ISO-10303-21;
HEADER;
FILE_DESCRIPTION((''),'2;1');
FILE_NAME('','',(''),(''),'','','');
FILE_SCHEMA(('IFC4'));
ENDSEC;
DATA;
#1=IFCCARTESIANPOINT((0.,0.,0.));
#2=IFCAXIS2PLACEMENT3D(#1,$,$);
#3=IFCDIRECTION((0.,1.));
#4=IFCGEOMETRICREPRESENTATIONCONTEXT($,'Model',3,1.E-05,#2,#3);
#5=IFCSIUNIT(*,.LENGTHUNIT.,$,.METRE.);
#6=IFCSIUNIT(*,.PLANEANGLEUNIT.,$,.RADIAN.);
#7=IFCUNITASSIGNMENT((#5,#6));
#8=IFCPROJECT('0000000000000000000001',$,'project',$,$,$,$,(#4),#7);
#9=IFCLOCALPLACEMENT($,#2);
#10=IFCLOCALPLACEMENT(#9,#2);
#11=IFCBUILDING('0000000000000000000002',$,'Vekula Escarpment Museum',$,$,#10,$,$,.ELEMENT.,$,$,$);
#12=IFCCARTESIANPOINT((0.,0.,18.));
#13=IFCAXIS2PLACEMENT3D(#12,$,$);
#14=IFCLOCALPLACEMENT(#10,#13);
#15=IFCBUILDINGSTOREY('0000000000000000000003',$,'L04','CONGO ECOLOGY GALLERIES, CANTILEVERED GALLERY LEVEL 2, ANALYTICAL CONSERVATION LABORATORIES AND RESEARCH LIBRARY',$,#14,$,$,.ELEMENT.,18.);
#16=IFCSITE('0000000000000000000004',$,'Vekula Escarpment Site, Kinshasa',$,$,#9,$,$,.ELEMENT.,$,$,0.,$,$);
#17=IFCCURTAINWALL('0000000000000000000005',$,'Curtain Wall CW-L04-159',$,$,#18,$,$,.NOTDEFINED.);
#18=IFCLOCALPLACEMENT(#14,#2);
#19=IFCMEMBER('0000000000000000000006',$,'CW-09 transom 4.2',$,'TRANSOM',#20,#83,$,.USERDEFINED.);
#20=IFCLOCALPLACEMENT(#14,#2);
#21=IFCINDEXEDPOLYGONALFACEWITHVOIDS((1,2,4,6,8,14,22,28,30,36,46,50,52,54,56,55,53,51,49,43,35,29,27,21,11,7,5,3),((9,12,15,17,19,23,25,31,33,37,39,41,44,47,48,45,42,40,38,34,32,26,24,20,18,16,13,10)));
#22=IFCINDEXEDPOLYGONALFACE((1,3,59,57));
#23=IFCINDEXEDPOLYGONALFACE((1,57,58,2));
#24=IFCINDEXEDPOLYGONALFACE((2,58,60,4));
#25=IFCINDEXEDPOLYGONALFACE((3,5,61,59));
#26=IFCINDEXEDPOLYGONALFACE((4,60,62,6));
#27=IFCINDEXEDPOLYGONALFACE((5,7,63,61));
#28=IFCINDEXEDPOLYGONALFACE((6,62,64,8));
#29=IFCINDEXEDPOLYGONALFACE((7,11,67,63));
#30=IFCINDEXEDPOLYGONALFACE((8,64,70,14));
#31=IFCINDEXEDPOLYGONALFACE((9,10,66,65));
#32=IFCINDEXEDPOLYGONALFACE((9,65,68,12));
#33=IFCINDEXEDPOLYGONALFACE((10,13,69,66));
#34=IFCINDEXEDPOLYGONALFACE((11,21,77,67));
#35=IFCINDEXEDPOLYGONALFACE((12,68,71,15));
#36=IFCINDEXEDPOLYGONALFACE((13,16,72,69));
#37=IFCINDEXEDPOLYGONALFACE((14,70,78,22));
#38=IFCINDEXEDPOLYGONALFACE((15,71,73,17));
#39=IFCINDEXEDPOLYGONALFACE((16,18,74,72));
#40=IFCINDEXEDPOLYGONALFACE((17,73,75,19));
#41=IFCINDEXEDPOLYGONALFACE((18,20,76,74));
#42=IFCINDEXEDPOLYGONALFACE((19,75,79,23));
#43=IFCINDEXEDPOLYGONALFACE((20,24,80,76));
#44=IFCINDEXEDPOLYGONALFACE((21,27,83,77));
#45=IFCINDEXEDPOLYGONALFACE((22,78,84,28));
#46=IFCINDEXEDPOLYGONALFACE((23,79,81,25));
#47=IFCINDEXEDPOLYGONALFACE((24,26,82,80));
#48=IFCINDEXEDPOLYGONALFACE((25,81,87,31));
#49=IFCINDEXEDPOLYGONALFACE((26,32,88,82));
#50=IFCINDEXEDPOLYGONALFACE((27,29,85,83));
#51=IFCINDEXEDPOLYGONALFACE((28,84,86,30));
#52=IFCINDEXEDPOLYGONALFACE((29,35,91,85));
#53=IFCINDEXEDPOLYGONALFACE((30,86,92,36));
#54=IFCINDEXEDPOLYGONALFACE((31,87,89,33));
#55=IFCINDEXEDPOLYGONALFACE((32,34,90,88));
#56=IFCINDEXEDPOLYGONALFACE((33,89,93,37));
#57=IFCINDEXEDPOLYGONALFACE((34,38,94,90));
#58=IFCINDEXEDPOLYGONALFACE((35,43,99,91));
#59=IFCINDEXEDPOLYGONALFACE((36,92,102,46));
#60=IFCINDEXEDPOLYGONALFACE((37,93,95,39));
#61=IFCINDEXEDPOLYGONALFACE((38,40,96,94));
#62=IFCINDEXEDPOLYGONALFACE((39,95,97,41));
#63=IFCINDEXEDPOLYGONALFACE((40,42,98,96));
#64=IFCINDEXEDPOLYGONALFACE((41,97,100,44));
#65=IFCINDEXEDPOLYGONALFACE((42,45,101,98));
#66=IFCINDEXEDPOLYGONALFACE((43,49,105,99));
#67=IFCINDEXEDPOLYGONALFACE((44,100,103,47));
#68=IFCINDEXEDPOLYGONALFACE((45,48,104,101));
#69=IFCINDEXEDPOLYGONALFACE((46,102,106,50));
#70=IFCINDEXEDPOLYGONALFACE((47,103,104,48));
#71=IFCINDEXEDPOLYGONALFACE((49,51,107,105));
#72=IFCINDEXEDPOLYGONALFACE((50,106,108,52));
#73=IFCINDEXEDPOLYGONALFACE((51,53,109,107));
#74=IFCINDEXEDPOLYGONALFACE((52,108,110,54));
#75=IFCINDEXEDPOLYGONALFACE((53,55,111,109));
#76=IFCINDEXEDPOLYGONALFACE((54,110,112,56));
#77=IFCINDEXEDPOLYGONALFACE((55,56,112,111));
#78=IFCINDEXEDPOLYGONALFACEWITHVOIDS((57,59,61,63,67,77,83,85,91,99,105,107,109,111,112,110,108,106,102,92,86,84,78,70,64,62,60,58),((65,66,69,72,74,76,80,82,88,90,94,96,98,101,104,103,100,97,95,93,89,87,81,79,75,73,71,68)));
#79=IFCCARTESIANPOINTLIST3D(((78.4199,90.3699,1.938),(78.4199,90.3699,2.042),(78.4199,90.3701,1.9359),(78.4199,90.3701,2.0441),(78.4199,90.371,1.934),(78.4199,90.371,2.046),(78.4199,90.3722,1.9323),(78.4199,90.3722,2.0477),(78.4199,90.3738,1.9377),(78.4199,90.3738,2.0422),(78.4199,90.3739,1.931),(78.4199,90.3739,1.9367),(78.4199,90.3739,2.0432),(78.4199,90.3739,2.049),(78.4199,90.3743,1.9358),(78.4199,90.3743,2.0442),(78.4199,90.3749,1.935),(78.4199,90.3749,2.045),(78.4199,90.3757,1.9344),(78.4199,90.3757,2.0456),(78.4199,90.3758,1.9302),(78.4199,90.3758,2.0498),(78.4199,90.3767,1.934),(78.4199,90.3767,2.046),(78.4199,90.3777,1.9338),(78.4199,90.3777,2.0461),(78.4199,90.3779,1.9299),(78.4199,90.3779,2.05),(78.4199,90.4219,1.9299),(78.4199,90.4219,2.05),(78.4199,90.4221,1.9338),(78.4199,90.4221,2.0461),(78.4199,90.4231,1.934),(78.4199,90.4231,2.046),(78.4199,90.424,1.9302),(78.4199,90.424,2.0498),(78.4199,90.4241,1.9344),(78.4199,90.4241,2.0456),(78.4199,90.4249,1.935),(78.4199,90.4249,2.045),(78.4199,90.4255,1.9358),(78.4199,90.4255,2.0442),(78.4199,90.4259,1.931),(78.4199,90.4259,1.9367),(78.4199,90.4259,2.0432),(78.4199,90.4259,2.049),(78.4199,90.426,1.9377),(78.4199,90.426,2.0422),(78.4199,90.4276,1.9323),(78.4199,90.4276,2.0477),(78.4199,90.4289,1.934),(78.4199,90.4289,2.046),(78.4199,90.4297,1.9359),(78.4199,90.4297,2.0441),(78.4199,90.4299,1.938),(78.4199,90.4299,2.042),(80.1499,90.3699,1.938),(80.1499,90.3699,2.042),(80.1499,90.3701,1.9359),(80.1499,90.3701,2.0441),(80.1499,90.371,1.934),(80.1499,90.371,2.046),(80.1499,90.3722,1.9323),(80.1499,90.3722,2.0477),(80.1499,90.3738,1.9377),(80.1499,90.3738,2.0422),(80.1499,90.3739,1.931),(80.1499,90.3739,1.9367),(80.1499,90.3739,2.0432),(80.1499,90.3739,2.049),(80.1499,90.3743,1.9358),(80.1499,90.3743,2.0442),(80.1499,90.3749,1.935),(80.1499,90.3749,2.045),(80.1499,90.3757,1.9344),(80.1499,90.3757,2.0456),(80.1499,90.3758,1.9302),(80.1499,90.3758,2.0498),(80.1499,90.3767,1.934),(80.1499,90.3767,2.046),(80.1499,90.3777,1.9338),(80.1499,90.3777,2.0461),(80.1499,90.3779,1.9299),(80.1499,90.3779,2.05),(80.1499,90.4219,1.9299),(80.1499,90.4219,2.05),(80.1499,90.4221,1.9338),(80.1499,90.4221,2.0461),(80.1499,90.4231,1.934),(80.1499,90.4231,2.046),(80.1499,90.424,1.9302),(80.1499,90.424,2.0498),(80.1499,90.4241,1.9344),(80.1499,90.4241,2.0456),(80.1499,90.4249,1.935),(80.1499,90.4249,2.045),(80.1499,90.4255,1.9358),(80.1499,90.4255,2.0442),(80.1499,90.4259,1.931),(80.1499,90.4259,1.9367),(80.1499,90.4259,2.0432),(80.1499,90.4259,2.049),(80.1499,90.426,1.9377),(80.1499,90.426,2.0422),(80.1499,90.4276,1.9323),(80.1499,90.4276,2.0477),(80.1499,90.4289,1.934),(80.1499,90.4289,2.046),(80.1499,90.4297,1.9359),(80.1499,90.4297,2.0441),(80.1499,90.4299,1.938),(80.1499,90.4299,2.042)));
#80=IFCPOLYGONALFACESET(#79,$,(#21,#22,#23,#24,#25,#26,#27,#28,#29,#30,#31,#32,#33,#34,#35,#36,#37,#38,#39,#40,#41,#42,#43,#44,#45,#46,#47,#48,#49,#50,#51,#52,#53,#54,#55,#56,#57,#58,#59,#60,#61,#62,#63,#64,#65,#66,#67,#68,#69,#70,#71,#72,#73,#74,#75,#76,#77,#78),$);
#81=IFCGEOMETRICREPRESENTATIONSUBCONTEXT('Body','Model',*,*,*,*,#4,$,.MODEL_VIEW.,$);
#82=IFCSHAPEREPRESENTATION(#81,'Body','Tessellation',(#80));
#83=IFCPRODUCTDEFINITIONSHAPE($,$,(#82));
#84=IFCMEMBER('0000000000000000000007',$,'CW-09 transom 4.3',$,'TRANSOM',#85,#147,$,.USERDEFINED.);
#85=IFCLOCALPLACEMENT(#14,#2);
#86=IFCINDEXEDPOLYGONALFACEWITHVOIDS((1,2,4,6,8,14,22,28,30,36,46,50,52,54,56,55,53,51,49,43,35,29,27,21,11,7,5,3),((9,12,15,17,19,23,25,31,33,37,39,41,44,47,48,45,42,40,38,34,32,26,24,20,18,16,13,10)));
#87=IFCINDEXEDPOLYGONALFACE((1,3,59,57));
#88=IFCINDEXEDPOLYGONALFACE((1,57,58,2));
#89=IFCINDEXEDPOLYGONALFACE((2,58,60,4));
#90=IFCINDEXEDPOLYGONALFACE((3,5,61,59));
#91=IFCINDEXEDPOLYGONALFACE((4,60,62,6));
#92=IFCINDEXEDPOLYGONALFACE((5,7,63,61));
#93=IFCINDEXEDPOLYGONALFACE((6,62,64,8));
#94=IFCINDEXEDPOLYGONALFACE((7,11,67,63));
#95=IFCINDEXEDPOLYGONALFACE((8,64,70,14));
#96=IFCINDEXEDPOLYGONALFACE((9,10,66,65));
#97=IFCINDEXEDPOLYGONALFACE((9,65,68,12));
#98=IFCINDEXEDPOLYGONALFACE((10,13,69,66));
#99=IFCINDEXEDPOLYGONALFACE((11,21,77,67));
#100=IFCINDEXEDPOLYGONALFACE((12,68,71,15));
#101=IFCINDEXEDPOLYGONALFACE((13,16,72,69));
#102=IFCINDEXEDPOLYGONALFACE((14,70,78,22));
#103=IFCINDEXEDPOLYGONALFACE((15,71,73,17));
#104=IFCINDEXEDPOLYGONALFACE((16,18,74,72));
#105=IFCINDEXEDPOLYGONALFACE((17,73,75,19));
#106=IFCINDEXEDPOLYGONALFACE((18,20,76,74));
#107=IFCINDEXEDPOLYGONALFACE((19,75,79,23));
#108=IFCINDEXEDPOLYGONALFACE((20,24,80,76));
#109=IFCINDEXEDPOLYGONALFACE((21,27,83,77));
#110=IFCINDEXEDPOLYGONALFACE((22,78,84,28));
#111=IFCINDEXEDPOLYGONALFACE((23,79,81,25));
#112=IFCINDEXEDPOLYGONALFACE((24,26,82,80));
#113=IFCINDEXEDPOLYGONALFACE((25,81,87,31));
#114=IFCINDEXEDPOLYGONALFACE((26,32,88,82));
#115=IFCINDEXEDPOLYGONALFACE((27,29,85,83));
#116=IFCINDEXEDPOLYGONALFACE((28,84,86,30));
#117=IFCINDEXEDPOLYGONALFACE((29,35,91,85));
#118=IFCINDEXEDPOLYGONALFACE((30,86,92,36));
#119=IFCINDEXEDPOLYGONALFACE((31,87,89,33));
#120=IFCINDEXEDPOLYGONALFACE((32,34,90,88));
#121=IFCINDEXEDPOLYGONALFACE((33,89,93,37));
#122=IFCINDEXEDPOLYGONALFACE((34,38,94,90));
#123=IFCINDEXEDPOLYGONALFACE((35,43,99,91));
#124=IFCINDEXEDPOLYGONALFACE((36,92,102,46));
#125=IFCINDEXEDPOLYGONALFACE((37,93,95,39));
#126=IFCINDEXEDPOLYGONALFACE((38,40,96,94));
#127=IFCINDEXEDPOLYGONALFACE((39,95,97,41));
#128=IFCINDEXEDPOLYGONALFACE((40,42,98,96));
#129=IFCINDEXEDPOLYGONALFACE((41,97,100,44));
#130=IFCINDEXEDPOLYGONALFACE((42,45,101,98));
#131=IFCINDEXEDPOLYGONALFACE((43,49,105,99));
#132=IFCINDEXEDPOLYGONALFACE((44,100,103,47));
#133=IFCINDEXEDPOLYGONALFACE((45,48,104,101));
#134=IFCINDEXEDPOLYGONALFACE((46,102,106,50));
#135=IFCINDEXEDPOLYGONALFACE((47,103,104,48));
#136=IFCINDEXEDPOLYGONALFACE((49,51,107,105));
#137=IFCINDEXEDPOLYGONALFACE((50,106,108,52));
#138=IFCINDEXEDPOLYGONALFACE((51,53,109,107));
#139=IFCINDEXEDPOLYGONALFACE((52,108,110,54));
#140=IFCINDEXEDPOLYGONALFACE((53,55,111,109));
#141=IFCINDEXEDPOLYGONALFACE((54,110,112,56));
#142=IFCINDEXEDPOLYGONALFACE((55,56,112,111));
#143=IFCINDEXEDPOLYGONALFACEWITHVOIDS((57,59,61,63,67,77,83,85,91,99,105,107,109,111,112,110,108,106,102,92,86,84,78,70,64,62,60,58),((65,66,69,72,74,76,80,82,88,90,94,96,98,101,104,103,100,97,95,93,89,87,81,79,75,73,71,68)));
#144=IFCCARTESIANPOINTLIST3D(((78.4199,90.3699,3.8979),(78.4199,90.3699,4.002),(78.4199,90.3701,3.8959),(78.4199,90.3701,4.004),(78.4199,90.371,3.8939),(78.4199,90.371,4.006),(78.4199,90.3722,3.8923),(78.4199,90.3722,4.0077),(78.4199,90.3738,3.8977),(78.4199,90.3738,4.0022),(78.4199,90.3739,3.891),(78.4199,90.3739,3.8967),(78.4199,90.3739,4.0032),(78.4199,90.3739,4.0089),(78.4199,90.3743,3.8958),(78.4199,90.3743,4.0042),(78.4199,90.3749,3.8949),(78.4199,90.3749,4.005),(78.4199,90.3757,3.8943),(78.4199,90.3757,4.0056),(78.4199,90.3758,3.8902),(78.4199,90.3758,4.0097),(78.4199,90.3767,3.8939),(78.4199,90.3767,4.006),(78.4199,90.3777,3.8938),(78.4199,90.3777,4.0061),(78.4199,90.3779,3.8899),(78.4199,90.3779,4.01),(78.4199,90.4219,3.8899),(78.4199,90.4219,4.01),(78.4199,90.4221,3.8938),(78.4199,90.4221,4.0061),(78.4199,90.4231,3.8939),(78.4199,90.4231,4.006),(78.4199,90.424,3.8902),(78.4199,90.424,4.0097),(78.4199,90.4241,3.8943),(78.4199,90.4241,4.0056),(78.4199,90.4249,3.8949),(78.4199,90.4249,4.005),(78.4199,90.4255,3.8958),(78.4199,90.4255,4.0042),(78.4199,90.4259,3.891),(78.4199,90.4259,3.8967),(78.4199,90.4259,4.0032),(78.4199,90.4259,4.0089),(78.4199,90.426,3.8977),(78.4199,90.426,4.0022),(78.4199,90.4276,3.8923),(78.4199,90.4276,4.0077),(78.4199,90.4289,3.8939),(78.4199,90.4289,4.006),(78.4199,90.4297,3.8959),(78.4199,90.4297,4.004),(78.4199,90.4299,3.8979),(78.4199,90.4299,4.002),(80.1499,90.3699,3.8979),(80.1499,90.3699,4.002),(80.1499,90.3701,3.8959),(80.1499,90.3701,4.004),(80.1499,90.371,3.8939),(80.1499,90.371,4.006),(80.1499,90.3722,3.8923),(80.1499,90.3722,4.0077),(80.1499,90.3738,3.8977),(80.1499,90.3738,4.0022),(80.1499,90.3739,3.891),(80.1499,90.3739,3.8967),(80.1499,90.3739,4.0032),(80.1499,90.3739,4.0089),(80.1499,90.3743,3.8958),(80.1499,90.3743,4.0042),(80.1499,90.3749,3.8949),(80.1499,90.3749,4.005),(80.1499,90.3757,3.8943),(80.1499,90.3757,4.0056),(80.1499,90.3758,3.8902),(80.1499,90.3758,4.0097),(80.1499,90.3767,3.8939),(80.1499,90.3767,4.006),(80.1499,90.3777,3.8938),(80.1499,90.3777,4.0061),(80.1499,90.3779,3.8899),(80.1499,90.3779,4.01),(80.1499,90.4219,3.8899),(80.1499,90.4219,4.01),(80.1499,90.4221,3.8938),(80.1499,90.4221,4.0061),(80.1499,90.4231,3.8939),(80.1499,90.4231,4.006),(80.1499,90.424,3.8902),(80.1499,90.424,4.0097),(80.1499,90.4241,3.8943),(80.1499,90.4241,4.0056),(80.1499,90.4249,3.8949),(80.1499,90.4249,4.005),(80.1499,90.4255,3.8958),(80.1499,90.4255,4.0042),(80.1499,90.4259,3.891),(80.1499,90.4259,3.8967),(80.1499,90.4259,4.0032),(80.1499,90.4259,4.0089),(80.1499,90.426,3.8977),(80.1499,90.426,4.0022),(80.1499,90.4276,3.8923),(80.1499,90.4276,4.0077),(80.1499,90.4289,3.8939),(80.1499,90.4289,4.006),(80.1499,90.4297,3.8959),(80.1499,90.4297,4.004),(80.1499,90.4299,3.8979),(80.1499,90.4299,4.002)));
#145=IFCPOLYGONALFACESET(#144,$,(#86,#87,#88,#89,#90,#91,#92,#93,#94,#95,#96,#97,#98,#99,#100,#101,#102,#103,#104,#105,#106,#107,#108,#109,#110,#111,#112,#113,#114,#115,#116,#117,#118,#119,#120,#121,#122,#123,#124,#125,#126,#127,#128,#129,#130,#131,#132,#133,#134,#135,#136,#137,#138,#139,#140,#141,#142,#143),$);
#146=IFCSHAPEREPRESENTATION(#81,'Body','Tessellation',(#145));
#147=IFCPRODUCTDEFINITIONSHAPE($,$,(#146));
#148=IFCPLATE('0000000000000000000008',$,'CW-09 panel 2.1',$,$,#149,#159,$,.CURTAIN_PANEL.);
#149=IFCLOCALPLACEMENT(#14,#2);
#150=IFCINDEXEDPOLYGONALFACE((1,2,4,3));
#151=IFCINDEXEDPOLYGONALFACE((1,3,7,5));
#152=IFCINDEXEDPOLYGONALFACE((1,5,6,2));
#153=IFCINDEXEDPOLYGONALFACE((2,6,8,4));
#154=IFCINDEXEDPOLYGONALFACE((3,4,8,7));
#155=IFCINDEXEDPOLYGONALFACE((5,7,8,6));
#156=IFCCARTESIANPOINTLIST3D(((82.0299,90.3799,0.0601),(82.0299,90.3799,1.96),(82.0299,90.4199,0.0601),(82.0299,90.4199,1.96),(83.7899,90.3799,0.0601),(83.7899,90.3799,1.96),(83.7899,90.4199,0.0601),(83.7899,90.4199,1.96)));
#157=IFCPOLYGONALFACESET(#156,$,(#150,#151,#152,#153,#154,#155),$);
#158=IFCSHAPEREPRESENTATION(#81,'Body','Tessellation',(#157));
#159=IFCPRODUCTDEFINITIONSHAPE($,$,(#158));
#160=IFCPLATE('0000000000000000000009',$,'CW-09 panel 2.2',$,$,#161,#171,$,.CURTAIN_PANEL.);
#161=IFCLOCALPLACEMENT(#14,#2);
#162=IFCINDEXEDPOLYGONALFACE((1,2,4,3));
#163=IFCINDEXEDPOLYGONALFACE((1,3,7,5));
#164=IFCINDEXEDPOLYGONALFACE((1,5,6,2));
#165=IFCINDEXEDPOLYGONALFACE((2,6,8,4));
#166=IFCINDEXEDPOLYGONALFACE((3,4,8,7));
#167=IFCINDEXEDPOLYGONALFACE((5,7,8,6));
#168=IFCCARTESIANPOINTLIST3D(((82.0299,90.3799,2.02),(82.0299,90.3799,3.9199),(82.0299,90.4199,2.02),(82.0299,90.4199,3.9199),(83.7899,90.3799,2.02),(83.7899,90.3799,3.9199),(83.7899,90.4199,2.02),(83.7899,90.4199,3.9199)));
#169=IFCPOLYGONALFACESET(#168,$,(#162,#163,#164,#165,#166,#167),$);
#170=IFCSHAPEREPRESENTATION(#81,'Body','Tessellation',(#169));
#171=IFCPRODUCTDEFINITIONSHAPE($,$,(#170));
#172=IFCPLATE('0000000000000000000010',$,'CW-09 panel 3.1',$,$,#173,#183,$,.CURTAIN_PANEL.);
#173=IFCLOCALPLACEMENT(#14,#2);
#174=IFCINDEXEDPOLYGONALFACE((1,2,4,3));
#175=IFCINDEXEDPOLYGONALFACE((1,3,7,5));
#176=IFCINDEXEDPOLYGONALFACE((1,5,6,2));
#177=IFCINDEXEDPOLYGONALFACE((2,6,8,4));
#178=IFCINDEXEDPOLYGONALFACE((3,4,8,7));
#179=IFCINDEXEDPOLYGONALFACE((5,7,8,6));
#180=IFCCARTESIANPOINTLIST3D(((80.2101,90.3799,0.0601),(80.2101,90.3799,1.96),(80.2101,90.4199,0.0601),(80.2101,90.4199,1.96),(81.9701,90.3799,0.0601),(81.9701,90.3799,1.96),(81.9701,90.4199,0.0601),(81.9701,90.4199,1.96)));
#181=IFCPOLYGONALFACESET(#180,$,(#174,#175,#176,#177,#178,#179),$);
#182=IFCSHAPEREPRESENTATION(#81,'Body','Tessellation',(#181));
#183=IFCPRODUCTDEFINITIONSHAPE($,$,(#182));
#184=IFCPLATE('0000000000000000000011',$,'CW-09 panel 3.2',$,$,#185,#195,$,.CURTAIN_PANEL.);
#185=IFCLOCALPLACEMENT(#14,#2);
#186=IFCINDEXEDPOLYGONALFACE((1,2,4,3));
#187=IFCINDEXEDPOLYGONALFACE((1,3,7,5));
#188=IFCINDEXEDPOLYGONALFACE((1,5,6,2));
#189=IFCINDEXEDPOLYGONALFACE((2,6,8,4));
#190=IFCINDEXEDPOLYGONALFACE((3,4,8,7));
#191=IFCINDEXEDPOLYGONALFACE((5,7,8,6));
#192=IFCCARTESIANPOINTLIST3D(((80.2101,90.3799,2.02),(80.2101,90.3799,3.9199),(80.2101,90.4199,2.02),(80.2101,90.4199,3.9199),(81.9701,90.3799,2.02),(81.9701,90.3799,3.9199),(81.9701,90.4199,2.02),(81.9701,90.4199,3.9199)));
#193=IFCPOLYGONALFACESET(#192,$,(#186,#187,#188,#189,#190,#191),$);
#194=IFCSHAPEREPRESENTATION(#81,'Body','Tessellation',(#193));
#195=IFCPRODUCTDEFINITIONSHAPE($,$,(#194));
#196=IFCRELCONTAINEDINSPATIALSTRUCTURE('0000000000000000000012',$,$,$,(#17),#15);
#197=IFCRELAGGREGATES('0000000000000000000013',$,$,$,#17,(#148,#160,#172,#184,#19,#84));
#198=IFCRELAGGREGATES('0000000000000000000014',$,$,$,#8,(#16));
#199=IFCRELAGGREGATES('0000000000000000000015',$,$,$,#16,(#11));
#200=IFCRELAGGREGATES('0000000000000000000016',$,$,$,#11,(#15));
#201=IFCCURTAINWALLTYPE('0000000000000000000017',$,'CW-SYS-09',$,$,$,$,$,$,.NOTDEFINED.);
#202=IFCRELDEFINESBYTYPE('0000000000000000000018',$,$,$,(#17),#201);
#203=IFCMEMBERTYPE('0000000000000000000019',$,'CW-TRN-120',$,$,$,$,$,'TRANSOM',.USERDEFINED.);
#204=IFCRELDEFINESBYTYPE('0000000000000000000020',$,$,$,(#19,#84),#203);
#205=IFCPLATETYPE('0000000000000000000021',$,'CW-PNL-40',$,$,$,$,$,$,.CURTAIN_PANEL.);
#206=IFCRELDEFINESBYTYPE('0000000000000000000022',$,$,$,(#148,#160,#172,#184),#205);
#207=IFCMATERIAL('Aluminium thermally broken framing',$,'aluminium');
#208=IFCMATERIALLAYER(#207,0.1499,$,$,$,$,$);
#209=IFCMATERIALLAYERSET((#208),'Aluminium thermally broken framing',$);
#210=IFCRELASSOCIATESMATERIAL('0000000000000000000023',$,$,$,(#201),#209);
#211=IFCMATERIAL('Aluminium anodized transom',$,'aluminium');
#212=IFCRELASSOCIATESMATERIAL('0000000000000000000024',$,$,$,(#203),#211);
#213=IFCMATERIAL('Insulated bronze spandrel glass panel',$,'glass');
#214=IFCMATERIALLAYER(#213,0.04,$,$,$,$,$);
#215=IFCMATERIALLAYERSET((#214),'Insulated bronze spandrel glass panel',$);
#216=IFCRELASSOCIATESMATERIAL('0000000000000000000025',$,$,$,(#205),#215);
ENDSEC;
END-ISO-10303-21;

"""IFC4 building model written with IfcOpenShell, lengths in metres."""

from ifc_helpers import new_model, si_unit, direction, frame, origin, origin_2d, place, context, subcontext, project, spatial, rectangle, hollow_rectangle, extrude, material, layer, layer_set, material_profile, profile_set, type_object, element, aggregate, save


model = new_model("IFC4")

# Units and contexts
model_context = context("Model", 3, precision=1e-05, world=origin(), true_north=direction((0.0, 1.0)))
body_context = subcontext(model_context, "Body", "Model", "MODEL_VIEW")
ifc_project = project(units=[si_unit("LENGTHUNIT", "METRE"), si_unit("PLANEANGLEUNIT", "RADIAN")], contexts=[model_context])

# Site, building, storey
site_placement = place(None, origin())
site = spatial("IfcSite", under=ifc_project, at=site_placement, Name="Vekula Escarpment Site, Kinshasa", CompositionType="ELEMENT", RefElevation=0.0)
building_placement = place(site_placement, origin())
building = spatial("IfcBuilding", under=site, at=building_placement, Name="Vekula Escarpment Museum", CompositionType="ELEMENT")
storey_placement = place(building_placement, frame((0.0, 0.0, 18.0)))
storey = spatial("IfcBuildingStorey", under=building, at=storey_placement, Name="L04", Description="CONGO ECOLOGY GALLERIES, CANTILEVERED GALLERY LEVEL 2, ANALYTICAL CONSERVATION LABORATORIES AND RESEARCH LIBRARY", CompositionType="ELEMENT", Elevation=18.0)

# Curtain wall
ifc_material_1 = material(Name="Aluminium thermally broken framing", Category="aluminium")
ifc_layer_1 = layer(ifc_material_1, 0.1499)
ifc_layer_set_1 = layer_set([ifc_layer_1], Name="Aluminium thermally broken framing")
curtain_wall_type_1 = type_object("IfcCurtainWallType", Name="CW-SYS-09", PredefinedType="NOTDEFINED", material=ifc_layer_set_1)
curtain_wall_1_placement = place(storey_placement, origin())
curtain_wall_1 = element("IfcCurtainWall", 1, at=curtain_wall_1_placement, inside=storey, type_object=curtain_wall_type_1, Name="Curtain Wall CW-L04-159", PredefinedType="NOTDEFINED")

# Members
ifc_material_2 = material(Name="Aluminium anodized transom", Category="aluminium")
ifc_material_profile_1 = material_profile(ifc_material_2, hollow_rectangle(XDim=0.0601, YDim=0.1201, WallThickness=0.0039, InnerFilletRadius=0.0039, OuterFilletRadius=0.0081, at=origin_2d()), Name="ALU 120x60x4")
ifc_profile_set_1 = profile_set([ifc_material_profile_1], Name="Aluminium anodized transom")
member_type_1 = type_object("IfcMemberType", Name="CW-TRN-120", ElementType="TRANSOM", PredefinedType="USERDEFINED", material=ifc_profile_set_1)
member_1_placement = place(storey_placement, frame((80.1499, 90.3999, 1.99), z_axis=(-1.0, 0.0, 0.0), x_axis=(0.0, -1.0, 0.0)))
member_1 = element("IfcMember", 2, at=member_1_placement, type_object=member_type_1, Name="CW-09 transom 4.2", ObjectType="TRANSOM", PredefinedType="USERDEFINED", context=body_context, shape_type="SweptSolid", body=[
    extrude(hollow_rectangle(XDim=0.0601, YDim=0.1201, WallThickness=0.0039, InnerFilletRadius=0.0039, OuterFilletRadius=0.0081, at=origin_2d()), origin(), (0.0, 0.0, 1.0), 1.73),
])
member_2_placement = place(storey_placement, frame((80.1499, 90.3999, 3.95), z_axis=(-1.0, 0.0, 0.0), x_axis=(0.0, -1.0, 0.0)))
member_2 = element("IfcMember", 3, at=member_2_placement, type_object=member_type_1, Name="CW-09 transom 4.3", ObjectType="TRANSOM", PredefinedType="USERDEFINED", context=body_context, shape_type="SweptSolid", body=[
    extrude(hollow_rectangle(XDim=0.0601, YDim=0.1201, WallThickness=0.0039, InnerFilletRadius=0.0039, OuterFilletRadius=0.0081, at=origin_2d()), origin(), (0.0, 0.0, 1.0), 1.73),
])

# Plates
ifc_material_3 = material(Name="Insulated bronze spandrel glass panel", Category="glass")
ifc_layer_2 = layer(ifc_material_3, 0.04)
ifc_layer_set_2 = layer_set([ifc_layer_2], Name="Insulated bronze spandrel glass panel")
plate_type = type_object("IfcPlateType", Name="CW-PNL-40", PredefinedType="CURTAIN_PANEL", material=ifc_layer_set_2)
plate_1_placement = place(storey_placement, frame((82.9099, 90.3999, 0.0601), z_axis=(0.0, 0.0, 1.0), x_axis=(-1.0, 0.0, 0.0)))
plate_1 = element("IfcPlate", 4, at=plate_1_placement, type_object=plate_type, Name="CW-09 panel 2.1", PredefinedType="CURTAIN_PANEL", context=body_context, shape_type="SweptSolid", body=[
    extrude(rectangle(XDim=1.76, YDim=0.04, at=origin_2d()), origin(), (0.0, 0.0, 1.0), 1.8999),
])
plate_2_placement = place(storey_placement, frame((82.9099, 90.3999, 2.02), z_axis=(0.0, 0.0, 1.0), x_axis=(-1.0, 0.0, 0.0)))
plate_2 = element("IfcPlate", 5, at=plate_2_placement, type_object=plate_type, Name="CW-09 panel 2.2", PredefinedType="CURTAIN_PANEL", context=body_context, shape_type="SweptSolid", body=[
    extrude(rectangle(XDim=1.76, YDim=0.04, at=origin_2d()), origin(), (0.0, 0.0, 1.0), 1.8999),
])
plate_3_placement = place(storey_placement, frame((81.0901, 90.3999, 0.0601), z_axis=(0.0, 0.0, 1.0), x_axis=(-1.0, 0.0, 0.0)))
plate_3 = element("IfcPlate", 6, at=plate_3_placement, type_object=plate_type, Name="CW-09 panel 3.1", PredefinedType="CURTAIN_PANEL", context=body_context, shape_type="SweptSolid", body=[
    extrude(rectangle(XDim=1.76, YDim=0.04, at=origin_2d()), origin(), (0.0, 0.0, 1.0), 1.8999),
])
plate_4_placement = place(storey_placement, frame((81.0901, 90.3999, 2.02), z_axis=(0.0, 0.0, 1.0), x_axis=(-1.0, 0.0, 0.0)))
plate_4 = element("IfcPlate", 7, at=plate_4_placement, type_object=plate_type, Name="CW-09 panel 3.2", PredefinedType="CURTAIN_PANEL", context=body_context, shape_type="SweptSolid", body=[
    extrude(rectangle(XDim=1.76, YDim=0.04, at=origin_2d()), origin(), (0.0, 0.0, 1.0), 1.8999),
])
aggregate(curtain_wall_1, [plate_1, plate_2, plate_3, plate_4, member_1, member_2])

save(model, "model.ifc")
